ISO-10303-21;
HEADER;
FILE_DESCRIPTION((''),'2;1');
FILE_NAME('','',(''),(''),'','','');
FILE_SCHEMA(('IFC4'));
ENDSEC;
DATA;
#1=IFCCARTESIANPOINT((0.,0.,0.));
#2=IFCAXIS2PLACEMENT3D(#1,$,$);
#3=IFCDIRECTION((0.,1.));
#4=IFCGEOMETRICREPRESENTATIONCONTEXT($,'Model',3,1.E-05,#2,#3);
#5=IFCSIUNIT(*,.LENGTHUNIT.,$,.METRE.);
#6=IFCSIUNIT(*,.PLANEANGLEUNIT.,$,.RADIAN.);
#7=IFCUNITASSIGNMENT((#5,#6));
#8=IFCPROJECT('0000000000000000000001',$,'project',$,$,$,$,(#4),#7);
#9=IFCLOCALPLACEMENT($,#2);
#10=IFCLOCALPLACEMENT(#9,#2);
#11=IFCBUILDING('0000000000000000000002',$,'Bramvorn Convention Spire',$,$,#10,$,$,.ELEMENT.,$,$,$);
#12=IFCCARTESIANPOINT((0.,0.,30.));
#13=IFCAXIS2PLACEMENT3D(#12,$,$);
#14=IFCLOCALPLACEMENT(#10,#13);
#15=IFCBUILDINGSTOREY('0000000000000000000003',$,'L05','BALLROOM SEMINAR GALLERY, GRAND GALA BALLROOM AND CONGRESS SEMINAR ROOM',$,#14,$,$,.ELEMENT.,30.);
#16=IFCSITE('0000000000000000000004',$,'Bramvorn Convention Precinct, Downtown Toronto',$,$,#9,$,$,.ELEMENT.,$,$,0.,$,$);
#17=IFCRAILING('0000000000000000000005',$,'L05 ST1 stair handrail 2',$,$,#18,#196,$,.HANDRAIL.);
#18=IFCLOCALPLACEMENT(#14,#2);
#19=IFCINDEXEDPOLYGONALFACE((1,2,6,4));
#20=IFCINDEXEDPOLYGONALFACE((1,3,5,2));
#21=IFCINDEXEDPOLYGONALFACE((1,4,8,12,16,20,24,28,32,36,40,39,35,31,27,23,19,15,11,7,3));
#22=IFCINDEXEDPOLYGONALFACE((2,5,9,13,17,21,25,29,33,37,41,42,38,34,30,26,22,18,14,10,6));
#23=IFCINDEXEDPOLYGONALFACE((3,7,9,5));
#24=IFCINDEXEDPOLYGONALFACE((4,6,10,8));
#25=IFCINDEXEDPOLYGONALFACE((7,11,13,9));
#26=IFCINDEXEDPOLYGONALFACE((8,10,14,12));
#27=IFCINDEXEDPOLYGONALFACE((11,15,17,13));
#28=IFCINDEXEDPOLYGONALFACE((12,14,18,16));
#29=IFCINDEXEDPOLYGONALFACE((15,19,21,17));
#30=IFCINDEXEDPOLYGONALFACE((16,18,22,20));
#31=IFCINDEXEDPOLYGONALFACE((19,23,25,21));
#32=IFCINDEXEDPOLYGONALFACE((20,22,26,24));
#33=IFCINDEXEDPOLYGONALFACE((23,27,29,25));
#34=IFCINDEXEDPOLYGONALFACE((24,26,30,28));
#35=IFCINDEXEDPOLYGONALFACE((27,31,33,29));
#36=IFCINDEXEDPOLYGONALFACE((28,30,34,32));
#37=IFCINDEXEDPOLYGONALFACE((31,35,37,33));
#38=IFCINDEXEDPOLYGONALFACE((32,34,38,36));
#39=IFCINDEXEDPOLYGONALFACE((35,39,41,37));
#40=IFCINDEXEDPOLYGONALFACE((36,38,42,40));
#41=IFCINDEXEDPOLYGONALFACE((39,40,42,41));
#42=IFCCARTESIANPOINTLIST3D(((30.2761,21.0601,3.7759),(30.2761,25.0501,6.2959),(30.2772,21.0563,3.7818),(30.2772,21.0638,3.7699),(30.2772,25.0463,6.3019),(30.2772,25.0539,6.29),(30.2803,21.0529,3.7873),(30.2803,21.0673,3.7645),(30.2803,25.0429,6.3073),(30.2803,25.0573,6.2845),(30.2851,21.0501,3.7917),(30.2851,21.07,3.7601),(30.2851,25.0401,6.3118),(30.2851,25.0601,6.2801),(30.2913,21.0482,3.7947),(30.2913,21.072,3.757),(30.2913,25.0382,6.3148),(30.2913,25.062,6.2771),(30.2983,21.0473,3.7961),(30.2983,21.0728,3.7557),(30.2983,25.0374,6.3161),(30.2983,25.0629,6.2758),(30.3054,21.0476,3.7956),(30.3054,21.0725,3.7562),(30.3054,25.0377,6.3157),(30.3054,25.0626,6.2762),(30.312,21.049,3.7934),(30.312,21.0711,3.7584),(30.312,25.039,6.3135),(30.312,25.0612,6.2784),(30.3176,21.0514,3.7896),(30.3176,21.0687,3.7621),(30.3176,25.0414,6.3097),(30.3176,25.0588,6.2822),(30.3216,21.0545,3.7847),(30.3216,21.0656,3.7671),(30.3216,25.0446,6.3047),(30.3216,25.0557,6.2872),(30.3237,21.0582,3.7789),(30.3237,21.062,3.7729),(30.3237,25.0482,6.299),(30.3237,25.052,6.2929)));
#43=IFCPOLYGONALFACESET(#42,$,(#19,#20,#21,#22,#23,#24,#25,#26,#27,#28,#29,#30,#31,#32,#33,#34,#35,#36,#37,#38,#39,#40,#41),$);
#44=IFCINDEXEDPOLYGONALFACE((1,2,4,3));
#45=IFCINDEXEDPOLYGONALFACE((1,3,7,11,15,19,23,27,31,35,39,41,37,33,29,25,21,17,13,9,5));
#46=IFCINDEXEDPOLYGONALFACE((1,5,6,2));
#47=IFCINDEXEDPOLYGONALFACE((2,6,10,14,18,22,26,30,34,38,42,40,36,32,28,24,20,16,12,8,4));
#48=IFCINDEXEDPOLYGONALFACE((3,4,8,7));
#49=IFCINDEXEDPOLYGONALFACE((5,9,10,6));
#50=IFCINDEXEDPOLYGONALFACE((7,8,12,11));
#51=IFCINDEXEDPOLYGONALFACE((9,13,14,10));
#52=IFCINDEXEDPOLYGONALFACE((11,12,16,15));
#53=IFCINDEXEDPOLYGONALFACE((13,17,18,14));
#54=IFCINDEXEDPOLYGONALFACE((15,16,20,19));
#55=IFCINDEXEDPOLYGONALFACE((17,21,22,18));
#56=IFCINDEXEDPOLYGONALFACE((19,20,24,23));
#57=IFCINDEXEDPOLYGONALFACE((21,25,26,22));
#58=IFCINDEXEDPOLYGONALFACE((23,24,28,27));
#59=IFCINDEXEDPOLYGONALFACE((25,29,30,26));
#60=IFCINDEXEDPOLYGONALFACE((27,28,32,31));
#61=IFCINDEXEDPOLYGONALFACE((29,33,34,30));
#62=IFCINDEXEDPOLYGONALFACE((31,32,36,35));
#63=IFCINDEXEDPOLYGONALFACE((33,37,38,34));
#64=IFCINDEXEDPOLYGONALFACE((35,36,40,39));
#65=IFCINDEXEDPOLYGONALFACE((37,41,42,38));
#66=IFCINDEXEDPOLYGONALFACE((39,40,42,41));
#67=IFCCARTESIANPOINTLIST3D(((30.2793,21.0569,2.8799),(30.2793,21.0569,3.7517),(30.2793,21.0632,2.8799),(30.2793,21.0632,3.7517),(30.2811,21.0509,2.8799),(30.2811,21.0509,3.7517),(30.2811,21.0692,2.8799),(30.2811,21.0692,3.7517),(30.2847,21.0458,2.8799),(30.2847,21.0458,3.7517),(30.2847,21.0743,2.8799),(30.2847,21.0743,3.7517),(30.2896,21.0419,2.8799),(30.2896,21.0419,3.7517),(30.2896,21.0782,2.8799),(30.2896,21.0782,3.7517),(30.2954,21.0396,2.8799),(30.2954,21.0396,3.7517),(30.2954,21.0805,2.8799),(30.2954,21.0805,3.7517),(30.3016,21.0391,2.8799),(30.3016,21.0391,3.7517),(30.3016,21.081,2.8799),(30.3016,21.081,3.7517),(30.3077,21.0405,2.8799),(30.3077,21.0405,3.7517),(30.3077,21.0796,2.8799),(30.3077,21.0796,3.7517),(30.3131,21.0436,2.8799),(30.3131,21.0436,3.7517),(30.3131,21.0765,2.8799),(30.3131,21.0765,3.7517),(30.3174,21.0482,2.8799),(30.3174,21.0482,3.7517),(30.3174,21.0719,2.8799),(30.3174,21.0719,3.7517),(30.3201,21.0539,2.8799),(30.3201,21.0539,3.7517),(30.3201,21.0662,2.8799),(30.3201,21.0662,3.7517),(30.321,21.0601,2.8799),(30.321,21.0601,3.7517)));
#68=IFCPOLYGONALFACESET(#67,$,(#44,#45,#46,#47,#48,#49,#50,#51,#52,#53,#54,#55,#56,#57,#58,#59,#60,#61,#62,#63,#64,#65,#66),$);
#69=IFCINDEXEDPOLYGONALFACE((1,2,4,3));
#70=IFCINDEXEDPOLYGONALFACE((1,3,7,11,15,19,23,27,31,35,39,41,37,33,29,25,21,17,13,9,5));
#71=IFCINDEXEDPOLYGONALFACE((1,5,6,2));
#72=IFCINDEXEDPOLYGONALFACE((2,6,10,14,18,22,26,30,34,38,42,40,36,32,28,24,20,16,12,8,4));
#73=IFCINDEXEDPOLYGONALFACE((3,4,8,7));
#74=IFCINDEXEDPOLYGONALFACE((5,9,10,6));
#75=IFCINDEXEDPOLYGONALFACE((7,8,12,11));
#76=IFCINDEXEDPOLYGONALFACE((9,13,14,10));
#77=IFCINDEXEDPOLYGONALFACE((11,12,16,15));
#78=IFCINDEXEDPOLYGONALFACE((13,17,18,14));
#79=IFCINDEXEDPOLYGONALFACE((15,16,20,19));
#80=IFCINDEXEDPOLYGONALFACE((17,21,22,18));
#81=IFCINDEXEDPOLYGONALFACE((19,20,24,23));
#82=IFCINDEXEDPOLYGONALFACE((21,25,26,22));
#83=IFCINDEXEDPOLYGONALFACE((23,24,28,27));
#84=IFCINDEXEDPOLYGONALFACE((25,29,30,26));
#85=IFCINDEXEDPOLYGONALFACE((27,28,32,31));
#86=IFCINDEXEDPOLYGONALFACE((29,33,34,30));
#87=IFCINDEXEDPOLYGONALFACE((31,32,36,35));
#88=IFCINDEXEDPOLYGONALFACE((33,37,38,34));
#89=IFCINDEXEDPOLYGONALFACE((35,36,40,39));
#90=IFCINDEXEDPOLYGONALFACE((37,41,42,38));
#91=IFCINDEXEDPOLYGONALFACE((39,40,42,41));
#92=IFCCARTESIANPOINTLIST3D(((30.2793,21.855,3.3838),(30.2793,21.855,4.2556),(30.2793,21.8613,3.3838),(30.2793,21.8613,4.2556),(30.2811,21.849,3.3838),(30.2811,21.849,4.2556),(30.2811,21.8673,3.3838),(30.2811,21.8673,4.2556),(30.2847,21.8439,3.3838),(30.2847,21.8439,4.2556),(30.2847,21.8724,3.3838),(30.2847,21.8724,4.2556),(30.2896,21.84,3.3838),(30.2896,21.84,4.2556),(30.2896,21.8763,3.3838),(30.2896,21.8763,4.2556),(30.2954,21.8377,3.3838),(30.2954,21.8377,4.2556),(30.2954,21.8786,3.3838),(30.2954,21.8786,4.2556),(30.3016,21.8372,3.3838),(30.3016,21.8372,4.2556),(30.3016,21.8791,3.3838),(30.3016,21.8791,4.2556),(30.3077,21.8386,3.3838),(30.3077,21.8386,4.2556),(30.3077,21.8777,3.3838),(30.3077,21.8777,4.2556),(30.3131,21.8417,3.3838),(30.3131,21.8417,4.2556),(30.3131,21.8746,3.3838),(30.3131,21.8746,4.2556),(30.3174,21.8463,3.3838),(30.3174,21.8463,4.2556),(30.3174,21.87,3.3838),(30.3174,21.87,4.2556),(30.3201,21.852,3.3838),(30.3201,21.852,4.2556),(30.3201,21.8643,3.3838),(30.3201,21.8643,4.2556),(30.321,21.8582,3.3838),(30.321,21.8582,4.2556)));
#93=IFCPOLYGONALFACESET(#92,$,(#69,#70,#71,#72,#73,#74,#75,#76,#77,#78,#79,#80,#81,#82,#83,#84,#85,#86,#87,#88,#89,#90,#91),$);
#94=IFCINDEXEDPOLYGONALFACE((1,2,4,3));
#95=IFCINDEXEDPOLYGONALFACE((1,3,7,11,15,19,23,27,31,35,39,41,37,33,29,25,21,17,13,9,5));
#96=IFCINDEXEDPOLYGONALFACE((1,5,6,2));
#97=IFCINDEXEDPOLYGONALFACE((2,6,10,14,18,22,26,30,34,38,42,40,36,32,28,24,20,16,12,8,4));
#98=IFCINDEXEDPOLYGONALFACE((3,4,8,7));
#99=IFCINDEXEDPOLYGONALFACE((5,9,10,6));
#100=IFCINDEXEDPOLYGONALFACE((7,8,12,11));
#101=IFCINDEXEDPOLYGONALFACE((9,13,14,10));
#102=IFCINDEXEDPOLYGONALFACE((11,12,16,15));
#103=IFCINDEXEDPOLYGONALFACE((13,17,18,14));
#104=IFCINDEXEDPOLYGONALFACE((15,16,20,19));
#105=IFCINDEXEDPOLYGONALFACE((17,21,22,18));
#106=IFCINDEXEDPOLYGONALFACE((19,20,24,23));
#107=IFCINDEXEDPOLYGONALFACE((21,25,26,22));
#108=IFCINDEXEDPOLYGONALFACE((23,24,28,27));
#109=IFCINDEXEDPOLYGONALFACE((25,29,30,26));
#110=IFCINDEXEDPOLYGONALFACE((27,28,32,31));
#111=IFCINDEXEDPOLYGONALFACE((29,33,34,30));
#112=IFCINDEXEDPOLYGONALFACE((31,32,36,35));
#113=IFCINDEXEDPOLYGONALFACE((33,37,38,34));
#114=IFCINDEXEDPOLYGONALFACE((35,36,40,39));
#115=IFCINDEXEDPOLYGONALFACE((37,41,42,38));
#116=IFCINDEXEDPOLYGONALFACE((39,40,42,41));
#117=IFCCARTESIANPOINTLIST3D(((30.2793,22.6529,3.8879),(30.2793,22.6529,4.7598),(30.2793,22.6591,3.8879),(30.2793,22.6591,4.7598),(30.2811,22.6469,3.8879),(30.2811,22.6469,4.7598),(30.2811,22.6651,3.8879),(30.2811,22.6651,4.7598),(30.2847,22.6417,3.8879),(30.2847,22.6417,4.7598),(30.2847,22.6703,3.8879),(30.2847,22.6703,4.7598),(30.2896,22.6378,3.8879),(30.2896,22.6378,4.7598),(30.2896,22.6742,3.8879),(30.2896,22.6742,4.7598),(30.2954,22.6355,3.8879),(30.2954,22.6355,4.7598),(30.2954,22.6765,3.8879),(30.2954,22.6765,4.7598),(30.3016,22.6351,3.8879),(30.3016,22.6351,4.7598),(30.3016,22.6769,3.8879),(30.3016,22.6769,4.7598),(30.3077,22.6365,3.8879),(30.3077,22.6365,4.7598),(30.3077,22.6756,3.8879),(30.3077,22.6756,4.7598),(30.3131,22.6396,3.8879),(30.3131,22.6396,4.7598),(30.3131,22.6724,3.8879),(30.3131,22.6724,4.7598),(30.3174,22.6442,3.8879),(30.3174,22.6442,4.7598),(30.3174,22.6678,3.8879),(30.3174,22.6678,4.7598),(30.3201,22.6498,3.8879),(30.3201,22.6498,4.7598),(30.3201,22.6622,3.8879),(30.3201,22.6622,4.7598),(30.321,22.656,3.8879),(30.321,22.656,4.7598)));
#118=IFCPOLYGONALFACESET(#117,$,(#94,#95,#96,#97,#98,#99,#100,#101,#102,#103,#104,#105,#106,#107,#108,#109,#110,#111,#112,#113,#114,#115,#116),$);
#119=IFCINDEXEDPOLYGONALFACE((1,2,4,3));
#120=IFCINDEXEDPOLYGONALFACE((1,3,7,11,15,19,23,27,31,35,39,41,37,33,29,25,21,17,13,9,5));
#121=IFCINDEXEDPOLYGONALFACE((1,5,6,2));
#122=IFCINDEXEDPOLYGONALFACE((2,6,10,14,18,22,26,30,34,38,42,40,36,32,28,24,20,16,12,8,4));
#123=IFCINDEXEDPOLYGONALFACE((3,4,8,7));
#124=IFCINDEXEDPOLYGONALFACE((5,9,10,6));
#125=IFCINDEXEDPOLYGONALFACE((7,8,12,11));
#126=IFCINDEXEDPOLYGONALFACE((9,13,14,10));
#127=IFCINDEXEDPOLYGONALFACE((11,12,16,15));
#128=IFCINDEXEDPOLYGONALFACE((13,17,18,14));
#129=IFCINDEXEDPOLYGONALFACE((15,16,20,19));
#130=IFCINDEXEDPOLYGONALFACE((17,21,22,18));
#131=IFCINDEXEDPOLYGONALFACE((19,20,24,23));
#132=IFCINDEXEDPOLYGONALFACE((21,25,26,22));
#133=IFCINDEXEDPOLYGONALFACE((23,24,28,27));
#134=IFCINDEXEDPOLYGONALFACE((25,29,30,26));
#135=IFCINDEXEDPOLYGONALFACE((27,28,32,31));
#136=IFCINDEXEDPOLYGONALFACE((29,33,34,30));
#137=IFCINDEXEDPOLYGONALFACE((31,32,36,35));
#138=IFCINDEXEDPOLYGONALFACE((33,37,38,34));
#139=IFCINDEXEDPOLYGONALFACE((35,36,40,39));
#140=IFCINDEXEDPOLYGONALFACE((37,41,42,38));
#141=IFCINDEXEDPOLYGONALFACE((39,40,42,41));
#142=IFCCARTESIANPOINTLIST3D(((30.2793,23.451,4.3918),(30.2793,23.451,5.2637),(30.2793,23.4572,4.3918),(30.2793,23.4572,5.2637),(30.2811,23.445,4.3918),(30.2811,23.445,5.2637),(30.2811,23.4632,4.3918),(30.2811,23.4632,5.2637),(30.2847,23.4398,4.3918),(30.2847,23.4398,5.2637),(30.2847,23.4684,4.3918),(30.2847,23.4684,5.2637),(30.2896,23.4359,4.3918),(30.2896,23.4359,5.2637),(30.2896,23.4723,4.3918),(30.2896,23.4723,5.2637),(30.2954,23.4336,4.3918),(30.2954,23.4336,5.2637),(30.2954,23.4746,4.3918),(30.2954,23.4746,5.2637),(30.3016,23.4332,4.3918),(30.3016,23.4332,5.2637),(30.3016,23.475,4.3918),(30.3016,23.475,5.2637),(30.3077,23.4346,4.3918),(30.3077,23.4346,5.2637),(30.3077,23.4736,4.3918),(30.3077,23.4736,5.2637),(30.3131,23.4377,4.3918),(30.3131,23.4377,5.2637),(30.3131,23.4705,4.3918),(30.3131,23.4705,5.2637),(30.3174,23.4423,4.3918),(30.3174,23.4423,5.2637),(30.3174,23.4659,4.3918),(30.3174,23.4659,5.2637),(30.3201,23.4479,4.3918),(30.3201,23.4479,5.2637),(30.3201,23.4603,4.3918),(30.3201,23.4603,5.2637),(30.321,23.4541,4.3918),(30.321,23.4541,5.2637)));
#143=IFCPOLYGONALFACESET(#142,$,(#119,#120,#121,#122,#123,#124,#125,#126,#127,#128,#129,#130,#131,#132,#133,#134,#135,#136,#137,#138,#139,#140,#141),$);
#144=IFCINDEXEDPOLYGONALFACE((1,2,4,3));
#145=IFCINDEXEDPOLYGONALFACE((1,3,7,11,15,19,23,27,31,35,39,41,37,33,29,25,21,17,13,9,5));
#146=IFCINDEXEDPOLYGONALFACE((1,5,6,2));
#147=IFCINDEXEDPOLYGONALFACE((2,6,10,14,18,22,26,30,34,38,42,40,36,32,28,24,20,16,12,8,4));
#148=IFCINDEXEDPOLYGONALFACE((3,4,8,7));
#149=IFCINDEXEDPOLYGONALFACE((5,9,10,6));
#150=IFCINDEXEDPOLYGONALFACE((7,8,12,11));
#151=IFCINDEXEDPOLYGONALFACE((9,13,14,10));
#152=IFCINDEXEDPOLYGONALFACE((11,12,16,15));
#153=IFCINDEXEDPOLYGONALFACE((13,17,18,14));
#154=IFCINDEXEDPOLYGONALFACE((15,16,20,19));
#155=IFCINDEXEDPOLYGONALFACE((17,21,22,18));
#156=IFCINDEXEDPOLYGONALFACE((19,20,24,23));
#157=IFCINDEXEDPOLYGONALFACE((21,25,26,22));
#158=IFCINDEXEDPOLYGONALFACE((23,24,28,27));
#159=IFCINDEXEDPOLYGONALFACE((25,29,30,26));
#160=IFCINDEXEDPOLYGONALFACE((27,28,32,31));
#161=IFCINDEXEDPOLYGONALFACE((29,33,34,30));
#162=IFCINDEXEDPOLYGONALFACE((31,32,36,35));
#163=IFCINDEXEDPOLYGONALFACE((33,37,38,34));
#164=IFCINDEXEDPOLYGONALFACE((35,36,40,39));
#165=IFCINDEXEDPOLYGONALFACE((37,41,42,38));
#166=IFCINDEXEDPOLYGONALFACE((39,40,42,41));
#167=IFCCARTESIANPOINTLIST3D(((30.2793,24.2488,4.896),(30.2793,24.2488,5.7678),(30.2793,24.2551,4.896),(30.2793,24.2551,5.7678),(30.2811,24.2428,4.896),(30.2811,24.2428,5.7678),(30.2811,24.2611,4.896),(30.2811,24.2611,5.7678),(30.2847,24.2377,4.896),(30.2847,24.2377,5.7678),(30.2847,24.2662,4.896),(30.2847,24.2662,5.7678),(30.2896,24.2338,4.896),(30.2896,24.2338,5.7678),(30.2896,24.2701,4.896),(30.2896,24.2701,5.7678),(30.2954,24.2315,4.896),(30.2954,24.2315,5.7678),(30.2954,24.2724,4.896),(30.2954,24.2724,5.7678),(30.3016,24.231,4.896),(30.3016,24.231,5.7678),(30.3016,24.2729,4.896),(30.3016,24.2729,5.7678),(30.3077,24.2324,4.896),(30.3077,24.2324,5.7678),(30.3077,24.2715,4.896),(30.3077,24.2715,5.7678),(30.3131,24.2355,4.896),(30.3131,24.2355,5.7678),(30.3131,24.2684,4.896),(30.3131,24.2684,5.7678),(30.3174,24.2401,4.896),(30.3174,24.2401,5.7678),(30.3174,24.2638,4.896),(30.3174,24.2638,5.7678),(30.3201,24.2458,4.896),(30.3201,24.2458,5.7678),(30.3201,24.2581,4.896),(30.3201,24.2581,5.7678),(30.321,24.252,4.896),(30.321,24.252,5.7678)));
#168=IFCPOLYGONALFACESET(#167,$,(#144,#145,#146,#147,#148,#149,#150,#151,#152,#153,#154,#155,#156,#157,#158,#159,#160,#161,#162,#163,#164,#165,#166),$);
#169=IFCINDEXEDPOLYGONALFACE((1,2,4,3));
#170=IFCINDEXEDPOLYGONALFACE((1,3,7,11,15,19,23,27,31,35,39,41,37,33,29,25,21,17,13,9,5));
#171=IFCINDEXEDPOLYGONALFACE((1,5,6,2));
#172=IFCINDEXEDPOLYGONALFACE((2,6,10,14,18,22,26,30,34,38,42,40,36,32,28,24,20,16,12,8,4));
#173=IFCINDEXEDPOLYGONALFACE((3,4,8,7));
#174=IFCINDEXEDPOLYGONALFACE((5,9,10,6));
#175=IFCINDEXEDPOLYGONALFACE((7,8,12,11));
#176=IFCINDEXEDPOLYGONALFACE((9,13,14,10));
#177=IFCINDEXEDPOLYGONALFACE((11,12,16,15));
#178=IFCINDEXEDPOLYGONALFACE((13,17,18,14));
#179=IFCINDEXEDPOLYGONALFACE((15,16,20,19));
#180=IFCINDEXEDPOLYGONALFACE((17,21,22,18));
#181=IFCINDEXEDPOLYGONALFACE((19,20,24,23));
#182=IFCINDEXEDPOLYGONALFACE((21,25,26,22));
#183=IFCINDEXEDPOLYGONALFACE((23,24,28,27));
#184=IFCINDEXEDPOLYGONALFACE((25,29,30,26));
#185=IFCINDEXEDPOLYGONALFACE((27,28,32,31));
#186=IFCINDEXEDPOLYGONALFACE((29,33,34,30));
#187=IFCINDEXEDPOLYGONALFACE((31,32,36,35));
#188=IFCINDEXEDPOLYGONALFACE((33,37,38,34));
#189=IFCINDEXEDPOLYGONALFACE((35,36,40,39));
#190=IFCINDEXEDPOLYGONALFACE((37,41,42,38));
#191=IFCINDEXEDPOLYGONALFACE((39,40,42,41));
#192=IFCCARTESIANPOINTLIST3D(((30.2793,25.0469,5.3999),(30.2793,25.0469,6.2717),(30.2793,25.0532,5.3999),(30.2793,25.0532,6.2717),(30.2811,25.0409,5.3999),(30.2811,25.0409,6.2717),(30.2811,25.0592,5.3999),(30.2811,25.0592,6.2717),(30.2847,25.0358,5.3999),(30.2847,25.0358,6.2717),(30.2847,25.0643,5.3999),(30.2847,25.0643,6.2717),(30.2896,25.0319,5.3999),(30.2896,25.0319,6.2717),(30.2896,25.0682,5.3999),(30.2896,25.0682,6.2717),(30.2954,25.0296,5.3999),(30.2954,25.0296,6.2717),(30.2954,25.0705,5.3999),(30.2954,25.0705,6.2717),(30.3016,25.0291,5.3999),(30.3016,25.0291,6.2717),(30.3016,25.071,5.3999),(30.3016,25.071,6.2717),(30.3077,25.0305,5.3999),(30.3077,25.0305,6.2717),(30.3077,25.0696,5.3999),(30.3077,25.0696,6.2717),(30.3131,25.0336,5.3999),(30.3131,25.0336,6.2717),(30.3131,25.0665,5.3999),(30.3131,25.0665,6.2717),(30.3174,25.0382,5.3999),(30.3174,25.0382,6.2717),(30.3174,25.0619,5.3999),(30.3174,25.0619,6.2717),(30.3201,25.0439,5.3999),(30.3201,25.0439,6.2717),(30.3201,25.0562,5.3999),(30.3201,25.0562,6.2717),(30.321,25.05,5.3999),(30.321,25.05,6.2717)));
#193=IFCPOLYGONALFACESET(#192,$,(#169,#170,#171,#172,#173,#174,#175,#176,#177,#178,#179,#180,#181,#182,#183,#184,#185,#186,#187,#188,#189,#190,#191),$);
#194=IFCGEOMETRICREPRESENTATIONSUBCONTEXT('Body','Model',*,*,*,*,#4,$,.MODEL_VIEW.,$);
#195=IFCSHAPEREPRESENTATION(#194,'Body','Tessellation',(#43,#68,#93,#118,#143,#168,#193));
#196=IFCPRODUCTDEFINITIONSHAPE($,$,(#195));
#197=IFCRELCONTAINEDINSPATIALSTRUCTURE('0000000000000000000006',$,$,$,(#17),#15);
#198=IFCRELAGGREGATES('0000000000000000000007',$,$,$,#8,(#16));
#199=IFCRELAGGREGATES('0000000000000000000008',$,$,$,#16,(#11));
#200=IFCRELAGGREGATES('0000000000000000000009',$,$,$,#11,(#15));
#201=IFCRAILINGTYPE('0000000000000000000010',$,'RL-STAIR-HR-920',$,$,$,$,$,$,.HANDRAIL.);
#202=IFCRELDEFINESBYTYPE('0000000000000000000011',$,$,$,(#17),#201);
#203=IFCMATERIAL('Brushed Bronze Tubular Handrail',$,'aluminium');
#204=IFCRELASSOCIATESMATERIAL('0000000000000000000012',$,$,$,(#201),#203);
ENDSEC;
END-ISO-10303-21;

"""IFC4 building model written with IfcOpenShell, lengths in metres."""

from ifc_helpers import new_model, si_unit, direction, frame, origin, origin_2d, place, context, subcontext, project, spatial, circle, extrude, material, type_object, element, save


model = new_model("IFC4")

# Units and contexts
model_context = context("Model", 3, precision=1e-05, world=origin(), true_north=direction((0.0, 1.0)))
body_context = subcontext(model_context, "Body", "Model", "MODEL_VIEW")
ifc_project = project(units=[si_unit("LENGTHUNIT", "METRE"), si_unit("PLANEANGLEUNIT", "RADIAN")], contexts=[model_context])

# Site, building, storey
site_placement = place(None, origin())
site = spatial("IfcSite", under=ifc_project, at=site_placement, Name="Bramvorn Convention Precinct, Downtown Toronto", CompositionType="ELEMENT", RefElevation=0.0)
building_placement = place(site_placement, origin())
building = spatial("IfcBuilding", under=site, at=building_placement, Name="Bramvorn Convention Spire", CompositionType="ELEMENT")
storey_placement = place(building_placement, frame((0.0, 0.0, 30.0)))
storey = spatial("IfcBuildingStorey", under=building, at=storey_placement, Name="L05", Description="BALLROOM SEMINAR GALLERY, GRAND GALA BALLROOM AND CONGRESS SEMINAR ROOM", CompositionType="ELEMENT", Elevation=30.0)

# Railing
ifc_material_1 = material(Name="Brushed Bronze Tubular Handrail", Category="aluminium")
railing_type_1 = type_object("IfcRailingType", Name="RL-STAIR-HR-920", PredefinedType="HANDRAIL", material=ifc_material_1)
railing_1_placement = place(storey_placement, frame((30.3, 21.0601, 2.8799)))
element("IfcRailing", 1, at=railing_1_placement, inside=storey, type_object=railing_type_1, Name="L05 ST1 stair handrail 2", PredefinedType="HANDRAIL", context=body_context, shape_type="SweptSolid", body=[
    extrude(circle(Radius=0.0239, at=origin_2d()), frame((0.0, 0.0, 0.896), z_axis=(0.0, 0.845486, 0.533997), x_axis=(-1.0, 0.0, 0.0)), (0.0, 0.0, 1.0), 4.7192),
    extrude(circle(Radius=0.021, at=origin_2d()), origin(), (0.0, 0.0, 1.0), 0.8718),
    extrude(circle(Radius=0.021, at=origin_2d()), frame((0.0, 0.7981, 0.5039)), (0.0, 0.0, 1.0), 0.8718),
    extrude(circle(Radius=0.021, at=origin_2d()), frame((0.0, 1.5959, 1.0081)), (0.0, 0.0, 1.0), 0.8718),
    extrude(circle(Radius=0.021, at=origin_2d()), frame((0.0, 2.394, 1.512)), (0.0, 0.0, 1.0), 0.8718),
    extrude(circle(Radius=0.021, at=origin_2d()), frame((0.0, 3.1919, 2.0161)), (0.0, 0.0, 1.0), 0.8718),
    extrude(circle(Radius=0.021, at=origin_2d()), frame((0.0, 3.99, 2.52)), (0.0, 0.0, 1.0), 0.8718),
])

save(model, "model.ifc")
